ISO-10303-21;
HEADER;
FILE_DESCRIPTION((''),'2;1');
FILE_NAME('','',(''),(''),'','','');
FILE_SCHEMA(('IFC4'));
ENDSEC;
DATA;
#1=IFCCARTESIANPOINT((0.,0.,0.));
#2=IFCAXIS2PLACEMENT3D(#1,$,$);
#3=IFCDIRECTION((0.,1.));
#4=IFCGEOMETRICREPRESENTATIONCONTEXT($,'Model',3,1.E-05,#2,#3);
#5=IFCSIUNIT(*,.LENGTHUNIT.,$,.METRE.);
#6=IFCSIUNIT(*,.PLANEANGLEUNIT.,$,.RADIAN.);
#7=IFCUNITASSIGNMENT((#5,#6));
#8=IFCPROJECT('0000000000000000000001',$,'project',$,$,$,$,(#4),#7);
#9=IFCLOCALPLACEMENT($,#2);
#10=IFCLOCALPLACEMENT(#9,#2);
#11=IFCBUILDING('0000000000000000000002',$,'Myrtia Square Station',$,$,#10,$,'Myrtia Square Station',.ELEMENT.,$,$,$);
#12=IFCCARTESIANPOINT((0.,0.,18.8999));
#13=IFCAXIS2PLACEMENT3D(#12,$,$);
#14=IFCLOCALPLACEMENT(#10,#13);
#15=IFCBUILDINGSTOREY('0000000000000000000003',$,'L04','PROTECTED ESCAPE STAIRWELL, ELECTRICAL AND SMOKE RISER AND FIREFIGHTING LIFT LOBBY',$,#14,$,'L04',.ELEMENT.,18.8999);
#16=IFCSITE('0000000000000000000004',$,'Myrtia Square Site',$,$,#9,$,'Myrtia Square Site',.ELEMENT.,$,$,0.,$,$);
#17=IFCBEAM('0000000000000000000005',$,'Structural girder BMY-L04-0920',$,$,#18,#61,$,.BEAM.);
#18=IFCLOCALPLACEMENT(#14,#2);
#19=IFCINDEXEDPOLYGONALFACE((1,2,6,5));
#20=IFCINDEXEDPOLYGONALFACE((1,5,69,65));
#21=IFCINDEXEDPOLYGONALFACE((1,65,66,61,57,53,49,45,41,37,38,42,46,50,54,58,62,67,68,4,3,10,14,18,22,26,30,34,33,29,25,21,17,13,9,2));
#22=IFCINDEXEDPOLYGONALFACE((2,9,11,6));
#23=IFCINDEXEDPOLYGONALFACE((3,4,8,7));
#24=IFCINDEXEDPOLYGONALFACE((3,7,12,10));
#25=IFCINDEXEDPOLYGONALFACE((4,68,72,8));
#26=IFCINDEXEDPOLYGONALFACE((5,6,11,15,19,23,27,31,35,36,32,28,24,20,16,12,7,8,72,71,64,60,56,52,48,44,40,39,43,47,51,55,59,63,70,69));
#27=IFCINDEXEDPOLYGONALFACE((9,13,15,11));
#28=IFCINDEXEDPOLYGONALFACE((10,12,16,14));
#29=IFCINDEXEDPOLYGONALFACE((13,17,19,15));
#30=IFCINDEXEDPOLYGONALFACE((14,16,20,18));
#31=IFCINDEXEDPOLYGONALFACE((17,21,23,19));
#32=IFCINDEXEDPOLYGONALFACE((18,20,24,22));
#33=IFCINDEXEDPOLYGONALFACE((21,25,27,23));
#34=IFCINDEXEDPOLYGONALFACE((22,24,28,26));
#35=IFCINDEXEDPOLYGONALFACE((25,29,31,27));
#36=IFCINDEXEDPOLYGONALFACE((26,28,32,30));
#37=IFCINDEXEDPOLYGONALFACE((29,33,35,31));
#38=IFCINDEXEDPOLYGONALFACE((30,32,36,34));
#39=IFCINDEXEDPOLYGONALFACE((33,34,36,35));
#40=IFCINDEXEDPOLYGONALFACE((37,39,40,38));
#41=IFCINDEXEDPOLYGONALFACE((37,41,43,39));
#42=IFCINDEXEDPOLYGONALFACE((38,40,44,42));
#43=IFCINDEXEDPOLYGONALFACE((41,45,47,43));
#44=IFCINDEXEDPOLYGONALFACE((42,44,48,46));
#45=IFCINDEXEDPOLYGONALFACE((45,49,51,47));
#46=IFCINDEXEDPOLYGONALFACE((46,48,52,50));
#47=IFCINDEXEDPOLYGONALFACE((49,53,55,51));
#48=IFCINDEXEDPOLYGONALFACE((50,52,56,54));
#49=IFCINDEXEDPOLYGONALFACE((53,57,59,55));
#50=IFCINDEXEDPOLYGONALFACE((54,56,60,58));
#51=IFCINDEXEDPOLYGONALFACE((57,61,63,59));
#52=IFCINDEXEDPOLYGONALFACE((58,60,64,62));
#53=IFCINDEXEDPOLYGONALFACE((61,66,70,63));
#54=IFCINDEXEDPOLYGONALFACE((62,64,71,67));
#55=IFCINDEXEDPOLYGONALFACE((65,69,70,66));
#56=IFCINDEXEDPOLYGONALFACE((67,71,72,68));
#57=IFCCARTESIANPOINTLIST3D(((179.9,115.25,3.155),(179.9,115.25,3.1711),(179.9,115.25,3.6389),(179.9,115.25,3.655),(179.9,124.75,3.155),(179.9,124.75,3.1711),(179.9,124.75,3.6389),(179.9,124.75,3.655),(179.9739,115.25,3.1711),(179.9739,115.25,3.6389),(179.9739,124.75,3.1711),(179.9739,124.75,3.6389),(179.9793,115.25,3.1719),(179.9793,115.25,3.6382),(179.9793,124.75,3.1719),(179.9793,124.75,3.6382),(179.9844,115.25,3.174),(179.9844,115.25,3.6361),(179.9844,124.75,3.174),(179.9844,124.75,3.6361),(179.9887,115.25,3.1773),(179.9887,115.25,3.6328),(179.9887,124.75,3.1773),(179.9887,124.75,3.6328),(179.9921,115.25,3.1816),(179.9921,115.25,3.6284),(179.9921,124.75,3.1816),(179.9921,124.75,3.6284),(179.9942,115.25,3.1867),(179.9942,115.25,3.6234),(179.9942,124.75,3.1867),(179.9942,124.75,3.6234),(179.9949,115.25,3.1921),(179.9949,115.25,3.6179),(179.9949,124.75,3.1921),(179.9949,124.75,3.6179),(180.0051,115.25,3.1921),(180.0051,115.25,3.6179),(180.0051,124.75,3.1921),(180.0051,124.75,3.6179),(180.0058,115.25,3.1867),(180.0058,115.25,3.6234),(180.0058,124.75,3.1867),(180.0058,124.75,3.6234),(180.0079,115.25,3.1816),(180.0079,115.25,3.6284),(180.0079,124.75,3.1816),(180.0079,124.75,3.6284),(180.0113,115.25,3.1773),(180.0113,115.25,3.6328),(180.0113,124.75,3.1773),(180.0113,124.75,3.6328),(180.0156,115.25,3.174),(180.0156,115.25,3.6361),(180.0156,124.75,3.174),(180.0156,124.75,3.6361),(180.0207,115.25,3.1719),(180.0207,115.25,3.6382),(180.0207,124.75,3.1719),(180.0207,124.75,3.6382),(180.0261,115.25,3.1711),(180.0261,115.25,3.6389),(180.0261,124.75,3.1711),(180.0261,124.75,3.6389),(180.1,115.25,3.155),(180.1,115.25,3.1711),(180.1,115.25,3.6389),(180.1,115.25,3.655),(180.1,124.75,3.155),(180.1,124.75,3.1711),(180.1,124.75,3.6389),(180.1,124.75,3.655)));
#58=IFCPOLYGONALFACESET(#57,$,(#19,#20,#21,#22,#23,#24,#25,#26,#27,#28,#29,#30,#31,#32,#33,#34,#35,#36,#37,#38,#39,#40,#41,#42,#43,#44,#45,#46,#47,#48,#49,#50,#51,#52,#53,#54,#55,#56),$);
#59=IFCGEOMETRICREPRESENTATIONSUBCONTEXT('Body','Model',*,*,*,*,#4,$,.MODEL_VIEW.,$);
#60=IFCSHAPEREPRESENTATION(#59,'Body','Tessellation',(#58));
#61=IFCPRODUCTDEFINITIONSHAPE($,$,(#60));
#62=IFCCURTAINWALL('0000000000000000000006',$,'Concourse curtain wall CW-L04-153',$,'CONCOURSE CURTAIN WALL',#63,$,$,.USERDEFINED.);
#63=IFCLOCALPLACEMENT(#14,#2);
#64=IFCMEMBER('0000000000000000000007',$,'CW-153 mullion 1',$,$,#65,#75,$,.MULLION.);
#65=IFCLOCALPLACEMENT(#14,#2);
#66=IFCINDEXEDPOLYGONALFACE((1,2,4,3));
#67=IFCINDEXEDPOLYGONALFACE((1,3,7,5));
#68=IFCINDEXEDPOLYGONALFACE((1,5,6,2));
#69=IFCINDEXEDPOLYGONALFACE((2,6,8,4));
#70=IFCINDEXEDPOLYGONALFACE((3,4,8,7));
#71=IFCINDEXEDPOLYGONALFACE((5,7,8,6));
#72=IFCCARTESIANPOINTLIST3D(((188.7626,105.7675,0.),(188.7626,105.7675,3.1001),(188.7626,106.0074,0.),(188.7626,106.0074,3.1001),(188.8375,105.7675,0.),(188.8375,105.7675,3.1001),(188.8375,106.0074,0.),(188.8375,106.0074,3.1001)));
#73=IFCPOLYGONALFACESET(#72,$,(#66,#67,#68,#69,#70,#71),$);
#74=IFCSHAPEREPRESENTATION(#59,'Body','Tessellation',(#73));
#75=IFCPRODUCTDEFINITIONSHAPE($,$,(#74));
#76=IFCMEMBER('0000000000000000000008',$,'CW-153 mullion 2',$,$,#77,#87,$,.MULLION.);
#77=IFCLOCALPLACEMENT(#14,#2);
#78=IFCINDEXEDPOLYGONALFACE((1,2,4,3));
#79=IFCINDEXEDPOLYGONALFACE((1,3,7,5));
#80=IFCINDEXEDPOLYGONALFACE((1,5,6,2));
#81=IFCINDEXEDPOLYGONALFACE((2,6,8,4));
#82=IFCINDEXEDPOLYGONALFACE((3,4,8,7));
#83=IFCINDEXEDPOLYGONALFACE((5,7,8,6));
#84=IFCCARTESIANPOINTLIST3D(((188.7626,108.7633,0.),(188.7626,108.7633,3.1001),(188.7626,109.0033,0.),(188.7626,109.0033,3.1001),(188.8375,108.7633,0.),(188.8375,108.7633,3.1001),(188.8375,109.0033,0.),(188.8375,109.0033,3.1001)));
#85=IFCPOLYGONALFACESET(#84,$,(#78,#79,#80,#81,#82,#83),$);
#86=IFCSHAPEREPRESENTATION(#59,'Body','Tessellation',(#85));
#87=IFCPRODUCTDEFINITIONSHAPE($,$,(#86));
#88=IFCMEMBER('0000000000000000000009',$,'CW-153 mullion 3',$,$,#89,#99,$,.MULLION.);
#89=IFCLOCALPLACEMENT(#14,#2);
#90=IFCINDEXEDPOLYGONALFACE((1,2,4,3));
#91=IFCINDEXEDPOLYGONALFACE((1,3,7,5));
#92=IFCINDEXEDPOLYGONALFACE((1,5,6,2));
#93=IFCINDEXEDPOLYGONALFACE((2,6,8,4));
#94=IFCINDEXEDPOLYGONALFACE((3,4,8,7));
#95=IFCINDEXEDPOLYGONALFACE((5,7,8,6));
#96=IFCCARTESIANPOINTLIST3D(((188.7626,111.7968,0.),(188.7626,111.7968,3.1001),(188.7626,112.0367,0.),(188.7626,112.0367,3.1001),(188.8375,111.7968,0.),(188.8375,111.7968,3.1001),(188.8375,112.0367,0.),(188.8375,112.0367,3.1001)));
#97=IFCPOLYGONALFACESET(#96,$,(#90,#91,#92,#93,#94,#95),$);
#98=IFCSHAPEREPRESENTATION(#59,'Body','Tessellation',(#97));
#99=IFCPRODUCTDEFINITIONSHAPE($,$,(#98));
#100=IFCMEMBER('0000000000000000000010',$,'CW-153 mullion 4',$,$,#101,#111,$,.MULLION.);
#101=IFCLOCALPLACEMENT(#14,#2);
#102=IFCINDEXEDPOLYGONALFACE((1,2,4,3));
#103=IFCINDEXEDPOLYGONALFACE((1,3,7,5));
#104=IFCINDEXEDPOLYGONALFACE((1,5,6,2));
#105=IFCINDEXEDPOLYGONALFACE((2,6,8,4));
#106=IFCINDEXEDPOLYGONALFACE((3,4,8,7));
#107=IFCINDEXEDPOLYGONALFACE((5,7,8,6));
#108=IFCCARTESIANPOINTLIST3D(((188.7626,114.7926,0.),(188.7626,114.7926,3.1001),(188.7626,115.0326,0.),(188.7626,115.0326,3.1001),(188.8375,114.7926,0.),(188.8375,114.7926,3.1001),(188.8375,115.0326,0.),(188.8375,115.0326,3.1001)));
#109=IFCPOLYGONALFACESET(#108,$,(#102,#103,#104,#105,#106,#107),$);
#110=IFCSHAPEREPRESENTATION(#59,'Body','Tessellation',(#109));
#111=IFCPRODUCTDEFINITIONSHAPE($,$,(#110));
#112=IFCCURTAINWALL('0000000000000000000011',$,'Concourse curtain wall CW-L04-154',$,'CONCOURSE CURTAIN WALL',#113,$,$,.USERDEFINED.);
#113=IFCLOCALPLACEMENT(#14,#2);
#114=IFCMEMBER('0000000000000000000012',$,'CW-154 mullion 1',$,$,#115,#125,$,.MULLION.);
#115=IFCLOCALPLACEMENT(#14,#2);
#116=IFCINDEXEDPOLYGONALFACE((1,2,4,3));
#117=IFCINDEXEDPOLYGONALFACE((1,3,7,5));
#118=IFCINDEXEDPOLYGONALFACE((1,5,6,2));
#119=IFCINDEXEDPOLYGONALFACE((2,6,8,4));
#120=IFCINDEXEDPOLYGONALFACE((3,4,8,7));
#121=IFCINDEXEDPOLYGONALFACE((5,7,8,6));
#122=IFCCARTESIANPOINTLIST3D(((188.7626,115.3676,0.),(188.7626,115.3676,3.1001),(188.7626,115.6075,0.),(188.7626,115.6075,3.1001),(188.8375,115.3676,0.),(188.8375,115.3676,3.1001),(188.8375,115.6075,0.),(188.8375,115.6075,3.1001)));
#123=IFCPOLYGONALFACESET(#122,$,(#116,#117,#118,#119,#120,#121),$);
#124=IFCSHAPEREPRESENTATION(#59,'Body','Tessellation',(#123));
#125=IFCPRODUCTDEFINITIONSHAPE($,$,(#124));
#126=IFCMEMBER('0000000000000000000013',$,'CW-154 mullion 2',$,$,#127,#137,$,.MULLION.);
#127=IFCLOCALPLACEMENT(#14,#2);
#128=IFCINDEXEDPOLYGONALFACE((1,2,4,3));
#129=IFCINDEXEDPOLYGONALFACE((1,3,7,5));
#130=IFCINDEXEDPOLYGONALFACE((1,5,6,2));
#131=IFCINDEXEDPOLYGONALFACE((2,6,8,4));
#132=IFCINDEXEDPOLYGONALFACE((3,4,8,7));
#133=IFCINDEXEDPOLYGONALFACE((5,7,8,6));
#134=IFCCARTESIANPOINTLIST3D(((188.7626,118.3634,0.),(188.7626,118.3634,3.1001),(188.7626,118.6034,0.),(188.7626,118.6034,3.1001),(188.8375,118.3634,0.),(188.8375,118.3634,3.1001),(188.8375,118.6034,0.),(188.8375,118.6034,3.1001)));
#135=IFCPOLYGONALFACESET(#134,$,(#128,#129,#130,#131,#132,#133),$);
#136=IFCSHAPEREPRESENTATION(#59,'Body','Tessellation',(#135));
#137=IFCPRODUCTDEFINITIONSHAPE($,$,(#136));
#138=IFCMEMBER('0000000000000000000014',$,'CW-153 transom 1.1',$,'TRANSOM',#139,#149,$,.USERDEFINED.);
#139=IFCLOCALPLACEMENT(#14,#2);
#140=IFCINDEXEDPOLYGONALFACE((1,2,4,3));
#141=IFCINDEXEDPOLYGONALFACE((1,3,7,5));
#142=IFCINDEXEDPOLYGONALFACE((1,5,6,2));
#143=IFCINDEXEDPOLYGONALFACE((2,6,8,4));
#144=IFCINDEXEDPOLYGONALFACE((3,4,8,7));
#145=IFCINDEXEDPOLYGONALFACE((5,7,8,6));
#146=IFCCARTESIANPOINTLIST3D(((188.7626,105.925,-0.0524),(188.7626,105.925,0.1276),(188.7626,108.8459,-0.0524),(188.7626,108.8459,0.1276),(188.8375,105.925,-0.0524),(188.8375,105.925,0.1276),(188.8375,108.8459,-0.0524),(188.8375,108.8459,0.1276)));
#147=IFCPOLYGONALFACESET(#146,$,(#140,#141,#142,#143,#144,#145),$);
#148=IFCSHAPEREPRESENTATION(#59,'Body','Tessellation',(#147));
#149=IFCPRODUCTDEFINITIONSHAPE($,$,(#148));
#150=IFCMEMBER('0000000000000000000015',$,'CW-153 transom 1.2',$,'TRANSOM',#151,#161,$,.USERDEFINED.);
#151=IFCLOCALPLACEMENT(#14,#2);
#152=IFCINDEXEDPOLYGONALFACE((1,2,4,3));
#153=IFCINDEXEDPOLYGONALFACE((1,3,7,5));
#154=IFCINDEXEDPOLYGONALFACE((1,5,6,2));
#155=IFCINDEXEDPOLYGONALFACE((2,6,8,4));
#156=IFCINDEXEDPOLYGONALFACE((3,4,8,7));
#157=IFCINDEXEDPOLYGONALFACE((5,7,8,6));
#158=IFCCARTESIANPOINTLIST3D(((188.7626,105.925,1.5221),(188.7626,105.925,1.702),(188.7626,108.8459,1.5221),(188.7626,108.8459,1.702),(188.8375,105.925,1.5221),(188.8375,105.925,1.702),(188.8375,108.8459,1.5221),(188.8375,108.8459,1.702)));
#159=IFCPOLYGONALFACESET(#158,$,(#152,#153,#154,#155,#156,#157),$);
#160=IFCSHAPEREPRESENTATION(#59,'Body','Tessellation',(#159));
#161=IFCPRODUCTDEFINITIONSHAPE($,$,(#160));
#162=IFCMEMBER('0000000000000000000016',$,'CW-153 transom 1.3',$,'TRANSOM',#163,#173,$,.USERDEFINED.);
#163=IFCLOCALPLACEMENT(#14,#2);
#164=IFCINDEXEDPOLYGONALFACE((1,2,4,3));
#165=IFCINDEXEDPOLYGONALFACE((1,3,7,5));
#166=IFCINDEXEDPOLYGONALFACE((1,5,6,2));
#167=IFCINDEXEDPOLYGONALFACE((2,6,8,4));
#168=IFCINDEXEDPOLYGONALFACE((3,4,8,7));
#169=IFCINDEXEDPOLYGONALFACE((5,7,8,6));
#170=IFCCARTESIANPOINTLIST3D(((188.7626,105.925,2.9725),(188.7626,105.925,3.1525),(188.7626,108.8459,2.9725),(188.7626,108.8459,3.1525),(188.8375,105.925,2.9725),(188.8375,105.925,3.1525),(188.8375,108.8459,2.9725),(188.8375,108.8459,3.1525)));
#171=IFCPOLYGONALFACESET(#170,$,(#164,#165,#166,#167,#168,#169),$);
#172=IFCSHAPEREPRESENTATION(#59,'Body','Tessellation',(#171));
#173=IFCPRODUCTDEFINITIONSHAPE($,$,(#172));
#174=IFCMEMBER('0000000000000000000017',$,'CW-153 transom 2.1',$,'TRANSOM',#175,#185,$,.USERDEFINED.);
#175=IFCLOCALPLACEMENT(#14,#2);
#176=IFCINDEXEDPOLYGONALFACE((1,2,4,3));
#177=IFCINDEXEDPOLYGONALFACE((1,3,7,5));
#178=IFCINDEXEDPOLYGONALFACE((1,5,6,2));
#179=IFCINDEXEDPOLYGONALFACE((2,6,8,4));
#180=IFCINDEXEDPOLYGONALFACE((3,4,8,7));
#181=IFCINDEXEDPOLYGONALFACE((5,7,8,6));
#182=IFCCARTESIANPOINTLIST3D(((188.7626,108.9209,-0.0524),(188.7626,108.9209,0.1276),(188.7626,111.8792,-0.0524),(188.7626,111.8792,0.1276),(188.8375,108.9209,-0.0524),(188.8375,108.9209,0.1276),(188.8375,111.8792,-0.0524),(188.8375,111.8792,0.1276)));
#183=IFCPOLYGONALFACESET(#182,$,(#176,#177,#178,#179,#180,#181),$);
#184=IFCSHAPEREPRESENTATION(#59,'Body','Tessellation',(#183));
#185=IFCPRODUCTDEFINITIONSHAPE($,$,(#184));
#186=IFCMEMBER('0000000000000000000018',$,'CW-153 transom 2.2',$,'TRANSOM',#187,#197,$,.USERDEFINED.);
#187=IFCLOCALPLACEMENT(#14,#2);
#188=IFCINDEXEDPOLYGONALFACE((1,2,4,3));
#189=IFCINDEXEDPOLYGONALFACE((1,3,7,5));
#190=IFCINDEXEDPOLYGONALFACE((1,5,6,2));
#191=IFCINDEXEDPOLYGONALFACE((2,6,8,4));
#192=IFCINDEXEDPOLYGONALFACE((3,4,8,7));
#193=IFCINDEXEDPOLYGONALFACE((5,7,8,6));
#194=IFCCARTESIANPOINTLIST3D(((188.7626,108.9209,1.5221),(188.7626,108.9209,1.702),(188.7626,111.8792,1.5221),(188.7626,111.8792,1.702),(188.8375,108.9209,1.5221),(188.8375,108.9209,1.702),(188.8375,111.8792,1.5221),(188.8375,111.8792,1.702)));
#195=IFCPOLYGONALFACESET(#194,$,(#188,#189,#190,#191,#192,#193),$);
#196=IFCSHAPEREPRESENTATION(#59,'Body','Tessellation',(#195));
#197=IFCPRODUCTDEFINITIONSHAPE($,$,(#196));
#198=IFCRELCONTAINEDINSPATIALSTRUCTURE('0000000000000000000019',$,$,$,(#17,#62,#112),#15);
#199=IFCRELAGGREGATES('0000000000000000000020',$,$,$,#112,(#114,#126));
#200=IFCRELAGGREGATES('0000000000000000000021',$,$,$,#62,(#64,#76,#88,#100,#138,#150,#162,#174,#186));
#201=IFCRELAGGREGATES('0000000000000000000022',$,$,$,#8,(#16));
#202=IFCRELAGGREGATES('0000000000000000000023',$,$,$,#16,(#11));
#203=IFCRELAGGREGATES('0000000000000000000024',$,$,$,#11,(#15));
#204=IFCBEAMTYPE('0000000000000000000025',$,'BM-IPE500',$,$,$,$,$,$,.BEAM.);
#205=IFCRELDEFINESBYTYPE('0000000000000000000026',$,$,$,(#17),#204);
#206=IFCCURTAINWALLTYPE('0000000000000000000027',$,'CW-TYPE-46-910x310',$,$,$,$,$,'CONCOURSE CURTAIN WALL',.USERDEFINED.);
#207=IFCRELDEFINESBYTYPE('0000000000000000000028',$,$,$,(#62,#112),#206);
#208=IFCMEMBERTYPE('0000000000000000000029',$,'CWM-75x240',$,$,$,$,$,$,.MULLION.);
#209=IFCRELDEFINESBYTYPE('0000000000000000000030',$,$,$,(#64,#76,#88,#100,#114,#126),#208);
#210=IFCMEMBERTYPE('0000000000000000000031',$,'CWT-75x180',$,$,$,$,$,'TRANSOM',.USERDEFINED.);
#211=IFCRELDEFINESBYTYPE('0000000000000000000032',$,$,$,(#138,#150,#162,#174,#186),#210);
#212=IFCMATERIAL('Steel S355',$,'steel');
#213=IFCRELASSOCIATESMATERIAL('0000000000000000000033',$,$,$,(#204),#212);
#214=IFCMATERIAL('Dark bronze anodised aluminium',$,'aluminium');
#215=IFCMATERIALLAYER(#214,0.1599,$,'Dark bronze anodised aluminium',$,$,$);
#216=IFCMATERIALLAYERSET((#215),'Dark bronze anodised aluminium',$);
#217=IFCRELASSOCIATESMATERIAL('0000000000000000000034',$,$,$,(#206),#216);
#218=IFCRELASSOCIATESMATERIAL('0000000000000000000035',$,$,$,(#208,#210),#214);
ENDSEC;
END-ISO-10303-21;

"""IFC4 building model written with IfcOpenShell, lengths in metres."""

from ifc_helpers import new_model, si_unit, direction, frame, origin, origin_2d, place, context, subcontext, project, spatial, rectangle, i_section, extrude, material, layer, layer_set, material_profile, profile_set, type_object, element, aggregate, save


model = new_model("IFC4")

# Units and contexts
model_context = context("Model", 3, precision=1e-05, world=origin(), true_north=direction((0.0, 1.0)))
body_context = subcontext(model_context, "Body", "Model", "MODEL_VIEW")
ifc_project = project(units=[si_unit("LENGTHUNIT", "METRE"), si_unit("PLANEANGLEUNIT", "RADIAN")], contexts=[model_context])

# Site, building, storey
site_placement = place(None, origin())
site = spatial("IfcSite", under=ifc_project, at=site_placement, Name="Myrtia Square Site", LongName="Myrtia Square Site", CompositionType="ELEMENT", RefElevation=0.0)
building_placement = place(site_placement, origin())
building = spatial("IfcBuilding", under=site, at=building_placement, Name="Myrtia Square Station", LongName="Myrtia Square Station", CompositionType="ELEMENT")
storey_placement = place(building_placement, frame((0.0, 0.0, 18.8999)))
storey = spatial("IfcBuildingStorey", under=building, at=storey_placement, Name="L04", Description="PROTECTED ESCAPE STAIRWELL, ELECTRICAL AND SMOKE RISER AND FIREFIGHTING LIFT LOBBY", LongName="L04", CompositionType="ELEMENT", Elevation=18.8999)

# Shared definitions
ifc_material_1 = material(Name="Steel S355", Category="steel")

# Beam
ifc_material_profile_1 = material_profile(ifc_material_1, i_section(OverallWidth=0.2, OverallDepth=0.5, WebThickness=0.0103, FlangeThickness=0.0161, FilletRadius=0.021, at=origin_2d()), Name="IPE 500")
ifc_profile_set_1 = profile_set([ifc_material_profile_1], Name="Steel S355")
beam_type_1 = type_object("IfcBeamType", Name="BM-IPE500", PredefinedType="BEAM", material=ifc_profile_set_1)
for number, where, z_axis, x_axis, name in (
    (1, (180.0, 115.25, 3.405), (0.0, 1.0, 0.0), (-1.0, 0.0, 0.0), "Structural girder BMY-L04-0920"),
):
    element("IfcBeam", number, at=place(storey_placement, frame(where, z_axis=z_axis, x_axis=x_axis)), inside=storey, type_object=beam_type_1, Name=name, PredefinedType="BEAM", context=body_context, shape_type="SweptSolid", body=[
        extrude(i_section(OverallWidth=0.2, OverallDepth=0.5, WebThickness=0.0103, FlangeThickness=0.0161, FilletRadius=0.021, at=origin_2d()), origin(), (0.0, 0.0, 1.0), 9.5),
    ])

# Curtain walls, members
ifc_material_2 = material(Name="Dark bronze anodised aluminium", Category="aluminium")
ifc_layer_1 = layer(ifc_material_2, 0.1599, Name="Dark bronze anodised aluminium")
ifc_layer_set_1 = layer_set([ifc_layer_1], Name="Dark bronze anodised aluminium")
curtain_wall_type = type_object("IfcCurtainWallType", Name="CW-TYPE-46-910x310", ElementType="CONCOURSE CURTAIN WALL", PredefinedType="USERDEFINED", material=ifc_layer_set_1)
curtain_wall_1_placement = place(storey_placement, origin())
curtain_wall_1 = element("IfcCurtainWall", 2, at=curtain_wall_1_placement, inside=storey, type_object=curtain_wall_type, Name="Concourse curtain wall CW-L04-153", ObjectType="CONCOURSE CURTAIN WALL", PredefinedType="USERDEFINED")
ifc_material_profile_2 = material_profile(ifc_material_2, rectangle(XDim=0.075, YDim=0.24, at=origin_2d()), Name="ALU-M 75x240")
ifc_profile_set_2 = profile_set([ifc_material_profile_2], Name="Dark bronze anodised aluminium")
member_type_1 = type_object("IfcMemberType", Name="CWM-75x240", PredefinedType="MULLION", material=ifc_profile_set_2)
member_1_placement = place(storey_placement, frame((188.8, 105.8875, 0.0), z_axis=(0.0, 0.0, 1.0), x_axis=(-1.0, 0.0, 0.0)))
member_1 = element("IfcMember", 3, at=member_1_placement, type_object=member_type_1, Name="CW-153 mullion 1", PredefinedType="MULLION", context=body_context, shape_type="SweptSolid", body=[
    extrude(rectangle(XDim=0.075, YDim=0.24, at=origin_2d()), origin(), (0.0, 0.0, 1.0), 3.1001),
])
member_2_placement = place(storey_placement, frame((188.8, 108.8833, 0.0), z_axis=(0.0, 0.0, 1.0), x_axis=(-1.0, 0.0, 0.0)))
member_2 = element("IfcMember", 4, at=member_2_placement, type_object=member_type_1, Name="CW-153 mullion 2", PredefinedType="MULLION", context=body_context, shape_type="SweptSolid", body=[
    extrude(rectangle(XDim=0.075, YDim=0.24, at=origin_2d()), origin(), (0.0, 0.0, 1.0), 3.1001),
])
member_3_placement = place(storey_placement, frame((188.8, 111.9167, 0.0), z_axis=(0.0, 0.0, 1.0), x_axis=(-1.0, 0.0, 0.0)))
member_3 = element("IfcMember", 5, at=member_3_placement, type_object=member_type_1, Name="CW-153 mullion 3", PredefinedType="MULLION", context=body_context, shape_type="SweptSolid", body=[
    extrude(rectangle(XDim=0.075, YDim=0.24, at=origin_2d()), origin(), (0.0, 0.0, 1.0), 3.1001),
])
member_4_placement = place(storey_placement, frame((188.8, 114.9126, 0.0), z_axis=(0.0, 0.0, 1.0), x_axis=(-1.0, 0.0, 0.0)))
member_4 = element("IfcMember", 6, at=member_4_placement, type_object=member_type_1, Name="CW-153 mullion 4", PredefinedType="MULLION", context=body_context, shape_type="SweptSolid", body=[
    extrude(rectangle(XDim=0.075, YDim=0.24, at=origin_2d()), origin(), (0.0, 0.0, 1.0), 3.1001),
])
curtain_wall_2_placement = place(storey_placement, origin())
curtain_wall_2 = element("IfcCurtainWall", 7, at=curtain_wall_2_placement, inside=storey, type_object=curtain_wall_type, Name="Concourse curtain wall CW-L04-154", ObjectType="CONCOURSE CURTAIN WALL", PredefinedType="USERDEFINED")
member_5_placement = place(storey_placement, frame((188.8, 115.4875, 0.0), z_axis=(0.0, 0.0, 1.0), x_axis=(-1.0, 0.0, 0.0)))
member_5 = element("IfcMember", 8, at=member_5_placement, type_object=member_type_1, Name="CW-154 mullion 1", PredefinedType="MULLION", context=body_context, shape_type="SweptSolid", body=[
    extrude(rectangle(XDim=0.075, YDim=0.24, at=origin_2d()), origin(), (0.0, 0.0, 1.0), 3.1001),
])
member_6_placement = place(storey_placement, frame((188.8, 118.4834, 0.0), z_axis=(0.0, 0.0, 1.0), x_axis=(-1.0, 0.0, 0.0)))
member_6 = element("IfcMember", 9, at=member_6_placement, type_object=member_type_1, Name="CW-154 mullion 2", PredefinedType="MULLION", context=body_context, shape_type="SweptSolid", body=[
    extrude(rectangle(XDim=0.075, YDim=0.24, at=origin_2d()), origin(), (0.0, 0.0, 1.0), 3.1001),
])

# Members
ifc_material_profile_3 = material_profile(ifc_material_2, rectangle(XDim=0.075, YDim=0.1799, at=origin_2d()), Name="ALU-T 75x180")
ifc_profile_set_3 = profile_set([ifc_material_profile_3], Name="Dark bronze anodised aluminium")
member_type_2 = type_object("IfcMemberType", Name="CWT-75x180", ElementType="TRANSOM", PredefinedType="USERDEFINED", material=ifc_profile_set_3)
member_7_placement = place(storey_placement, frame((188.8, 105.925, 0.0376), z_axis=(0.0, 1.0, 0.0), x_axis=(-1.0, 0.0, 0.0)))
member_7 = element("IfcMember", 10, at=member_7_placement, type_object=member_type_2, Name="CW-153 transom 1.1", ObjectType="TRANSOM", PredefinedType="USERDEFINED", context=body_context, shape_type="SweptSolid", body=[
    extrude(rectangle(XDim=0.075, YDim=0.1799, at=origin_2d()), origin(), (0.0, 0.0, 1.0), 2.9209),
])
member_8_placement = place(storey_placement, frame((188.8, 105.925, 1.6121), z_axis=(0.0, 1.0, 0.0), x_axis=(-1.0, 0.0, 0.0)))
member_8 = element("IfcMember", 11, at=member_8_placement, type_object=member_type_2, Name="CW-153 transom 1.2", ObjectType="TRANSOM", PredefinedType="USERDEFINED", context=body_context, shape_type="SweptSolid", body=[
    extrude(rectangle(XDim=0.075, YDim=0.1799, at=origin_2d()), origin(), (0.0, 0.0, 1.0), 2.9209),
])
member_9_placement = place(storey_placement, frame((188.8, 105.925, 3.0625), z_axis=(0.0, 1.0, 0.0), x_axis=(-1.0, 0.0, 0.0)))
member_9 = element("IfcMember", 12, at=member_9_placement, type_object=member_type_2, Name="CW-153 transom 1.3", ObjectType="TRANSOM", PredefinedType="USERDEFINED", context=body_context, shape_type="SweptSolid", body=[
    extrude(rectangle(XDim=0.075, YDim=0.1799, at=origin_2d()), origin(), (0.0, 0.0, 1.0), 2.9209),
])
member_10_placement = place(storey_placement, frame((188.8, 108.9209, 0.0376), z_axis=(0.0, 1.0, 0.0), x_axis=(-1.0, 0.0, 0.0)))
member_10 = element("IfcMember", 13, at=member_10_placement, type_object=member_type_2, Name="CW-153 transom 2.1", ObjectType="TRANSOM", PredefinedType="USERDEFINED", context=body_context, shape_type="SweptSolid", body=[
    extrude(rectangle(XDim=0.075, YDim=0.1799, at=origin_2d()), origin(), (0.0, 0.0, 1.0), 2.9583),
])
member_11_placement = place(storey_placement, frame((188.8, 108.9209, 1.6121), z_axis=(0.0, 1.0, 0.0), x_axis=(-1.0, 0.0, 0.0)))
member_11 = element("IfcMember", 14, at=member_11_placement, type_object=member_type_2, Name="CW-153 transom 2.2", ObjectType="TRANSOM", PredefinedType="USERDEFINED", context=body_context, shape_type="SweptSolid", body=[
    extrude(rectangle(XDim=0.075, YDim=0.1799, at=origin_2d()), origin(), (0.0, 0.0, 1.0), 2.9583),
])

aggregate(curtain_wall_2, [member_5, member_6])
aggregate(curtain_wall_1, [member_1, member_2, member_3, member_4, member_7, member_8, member_9, member_10, member_11])

save(model, "model.ifc")
